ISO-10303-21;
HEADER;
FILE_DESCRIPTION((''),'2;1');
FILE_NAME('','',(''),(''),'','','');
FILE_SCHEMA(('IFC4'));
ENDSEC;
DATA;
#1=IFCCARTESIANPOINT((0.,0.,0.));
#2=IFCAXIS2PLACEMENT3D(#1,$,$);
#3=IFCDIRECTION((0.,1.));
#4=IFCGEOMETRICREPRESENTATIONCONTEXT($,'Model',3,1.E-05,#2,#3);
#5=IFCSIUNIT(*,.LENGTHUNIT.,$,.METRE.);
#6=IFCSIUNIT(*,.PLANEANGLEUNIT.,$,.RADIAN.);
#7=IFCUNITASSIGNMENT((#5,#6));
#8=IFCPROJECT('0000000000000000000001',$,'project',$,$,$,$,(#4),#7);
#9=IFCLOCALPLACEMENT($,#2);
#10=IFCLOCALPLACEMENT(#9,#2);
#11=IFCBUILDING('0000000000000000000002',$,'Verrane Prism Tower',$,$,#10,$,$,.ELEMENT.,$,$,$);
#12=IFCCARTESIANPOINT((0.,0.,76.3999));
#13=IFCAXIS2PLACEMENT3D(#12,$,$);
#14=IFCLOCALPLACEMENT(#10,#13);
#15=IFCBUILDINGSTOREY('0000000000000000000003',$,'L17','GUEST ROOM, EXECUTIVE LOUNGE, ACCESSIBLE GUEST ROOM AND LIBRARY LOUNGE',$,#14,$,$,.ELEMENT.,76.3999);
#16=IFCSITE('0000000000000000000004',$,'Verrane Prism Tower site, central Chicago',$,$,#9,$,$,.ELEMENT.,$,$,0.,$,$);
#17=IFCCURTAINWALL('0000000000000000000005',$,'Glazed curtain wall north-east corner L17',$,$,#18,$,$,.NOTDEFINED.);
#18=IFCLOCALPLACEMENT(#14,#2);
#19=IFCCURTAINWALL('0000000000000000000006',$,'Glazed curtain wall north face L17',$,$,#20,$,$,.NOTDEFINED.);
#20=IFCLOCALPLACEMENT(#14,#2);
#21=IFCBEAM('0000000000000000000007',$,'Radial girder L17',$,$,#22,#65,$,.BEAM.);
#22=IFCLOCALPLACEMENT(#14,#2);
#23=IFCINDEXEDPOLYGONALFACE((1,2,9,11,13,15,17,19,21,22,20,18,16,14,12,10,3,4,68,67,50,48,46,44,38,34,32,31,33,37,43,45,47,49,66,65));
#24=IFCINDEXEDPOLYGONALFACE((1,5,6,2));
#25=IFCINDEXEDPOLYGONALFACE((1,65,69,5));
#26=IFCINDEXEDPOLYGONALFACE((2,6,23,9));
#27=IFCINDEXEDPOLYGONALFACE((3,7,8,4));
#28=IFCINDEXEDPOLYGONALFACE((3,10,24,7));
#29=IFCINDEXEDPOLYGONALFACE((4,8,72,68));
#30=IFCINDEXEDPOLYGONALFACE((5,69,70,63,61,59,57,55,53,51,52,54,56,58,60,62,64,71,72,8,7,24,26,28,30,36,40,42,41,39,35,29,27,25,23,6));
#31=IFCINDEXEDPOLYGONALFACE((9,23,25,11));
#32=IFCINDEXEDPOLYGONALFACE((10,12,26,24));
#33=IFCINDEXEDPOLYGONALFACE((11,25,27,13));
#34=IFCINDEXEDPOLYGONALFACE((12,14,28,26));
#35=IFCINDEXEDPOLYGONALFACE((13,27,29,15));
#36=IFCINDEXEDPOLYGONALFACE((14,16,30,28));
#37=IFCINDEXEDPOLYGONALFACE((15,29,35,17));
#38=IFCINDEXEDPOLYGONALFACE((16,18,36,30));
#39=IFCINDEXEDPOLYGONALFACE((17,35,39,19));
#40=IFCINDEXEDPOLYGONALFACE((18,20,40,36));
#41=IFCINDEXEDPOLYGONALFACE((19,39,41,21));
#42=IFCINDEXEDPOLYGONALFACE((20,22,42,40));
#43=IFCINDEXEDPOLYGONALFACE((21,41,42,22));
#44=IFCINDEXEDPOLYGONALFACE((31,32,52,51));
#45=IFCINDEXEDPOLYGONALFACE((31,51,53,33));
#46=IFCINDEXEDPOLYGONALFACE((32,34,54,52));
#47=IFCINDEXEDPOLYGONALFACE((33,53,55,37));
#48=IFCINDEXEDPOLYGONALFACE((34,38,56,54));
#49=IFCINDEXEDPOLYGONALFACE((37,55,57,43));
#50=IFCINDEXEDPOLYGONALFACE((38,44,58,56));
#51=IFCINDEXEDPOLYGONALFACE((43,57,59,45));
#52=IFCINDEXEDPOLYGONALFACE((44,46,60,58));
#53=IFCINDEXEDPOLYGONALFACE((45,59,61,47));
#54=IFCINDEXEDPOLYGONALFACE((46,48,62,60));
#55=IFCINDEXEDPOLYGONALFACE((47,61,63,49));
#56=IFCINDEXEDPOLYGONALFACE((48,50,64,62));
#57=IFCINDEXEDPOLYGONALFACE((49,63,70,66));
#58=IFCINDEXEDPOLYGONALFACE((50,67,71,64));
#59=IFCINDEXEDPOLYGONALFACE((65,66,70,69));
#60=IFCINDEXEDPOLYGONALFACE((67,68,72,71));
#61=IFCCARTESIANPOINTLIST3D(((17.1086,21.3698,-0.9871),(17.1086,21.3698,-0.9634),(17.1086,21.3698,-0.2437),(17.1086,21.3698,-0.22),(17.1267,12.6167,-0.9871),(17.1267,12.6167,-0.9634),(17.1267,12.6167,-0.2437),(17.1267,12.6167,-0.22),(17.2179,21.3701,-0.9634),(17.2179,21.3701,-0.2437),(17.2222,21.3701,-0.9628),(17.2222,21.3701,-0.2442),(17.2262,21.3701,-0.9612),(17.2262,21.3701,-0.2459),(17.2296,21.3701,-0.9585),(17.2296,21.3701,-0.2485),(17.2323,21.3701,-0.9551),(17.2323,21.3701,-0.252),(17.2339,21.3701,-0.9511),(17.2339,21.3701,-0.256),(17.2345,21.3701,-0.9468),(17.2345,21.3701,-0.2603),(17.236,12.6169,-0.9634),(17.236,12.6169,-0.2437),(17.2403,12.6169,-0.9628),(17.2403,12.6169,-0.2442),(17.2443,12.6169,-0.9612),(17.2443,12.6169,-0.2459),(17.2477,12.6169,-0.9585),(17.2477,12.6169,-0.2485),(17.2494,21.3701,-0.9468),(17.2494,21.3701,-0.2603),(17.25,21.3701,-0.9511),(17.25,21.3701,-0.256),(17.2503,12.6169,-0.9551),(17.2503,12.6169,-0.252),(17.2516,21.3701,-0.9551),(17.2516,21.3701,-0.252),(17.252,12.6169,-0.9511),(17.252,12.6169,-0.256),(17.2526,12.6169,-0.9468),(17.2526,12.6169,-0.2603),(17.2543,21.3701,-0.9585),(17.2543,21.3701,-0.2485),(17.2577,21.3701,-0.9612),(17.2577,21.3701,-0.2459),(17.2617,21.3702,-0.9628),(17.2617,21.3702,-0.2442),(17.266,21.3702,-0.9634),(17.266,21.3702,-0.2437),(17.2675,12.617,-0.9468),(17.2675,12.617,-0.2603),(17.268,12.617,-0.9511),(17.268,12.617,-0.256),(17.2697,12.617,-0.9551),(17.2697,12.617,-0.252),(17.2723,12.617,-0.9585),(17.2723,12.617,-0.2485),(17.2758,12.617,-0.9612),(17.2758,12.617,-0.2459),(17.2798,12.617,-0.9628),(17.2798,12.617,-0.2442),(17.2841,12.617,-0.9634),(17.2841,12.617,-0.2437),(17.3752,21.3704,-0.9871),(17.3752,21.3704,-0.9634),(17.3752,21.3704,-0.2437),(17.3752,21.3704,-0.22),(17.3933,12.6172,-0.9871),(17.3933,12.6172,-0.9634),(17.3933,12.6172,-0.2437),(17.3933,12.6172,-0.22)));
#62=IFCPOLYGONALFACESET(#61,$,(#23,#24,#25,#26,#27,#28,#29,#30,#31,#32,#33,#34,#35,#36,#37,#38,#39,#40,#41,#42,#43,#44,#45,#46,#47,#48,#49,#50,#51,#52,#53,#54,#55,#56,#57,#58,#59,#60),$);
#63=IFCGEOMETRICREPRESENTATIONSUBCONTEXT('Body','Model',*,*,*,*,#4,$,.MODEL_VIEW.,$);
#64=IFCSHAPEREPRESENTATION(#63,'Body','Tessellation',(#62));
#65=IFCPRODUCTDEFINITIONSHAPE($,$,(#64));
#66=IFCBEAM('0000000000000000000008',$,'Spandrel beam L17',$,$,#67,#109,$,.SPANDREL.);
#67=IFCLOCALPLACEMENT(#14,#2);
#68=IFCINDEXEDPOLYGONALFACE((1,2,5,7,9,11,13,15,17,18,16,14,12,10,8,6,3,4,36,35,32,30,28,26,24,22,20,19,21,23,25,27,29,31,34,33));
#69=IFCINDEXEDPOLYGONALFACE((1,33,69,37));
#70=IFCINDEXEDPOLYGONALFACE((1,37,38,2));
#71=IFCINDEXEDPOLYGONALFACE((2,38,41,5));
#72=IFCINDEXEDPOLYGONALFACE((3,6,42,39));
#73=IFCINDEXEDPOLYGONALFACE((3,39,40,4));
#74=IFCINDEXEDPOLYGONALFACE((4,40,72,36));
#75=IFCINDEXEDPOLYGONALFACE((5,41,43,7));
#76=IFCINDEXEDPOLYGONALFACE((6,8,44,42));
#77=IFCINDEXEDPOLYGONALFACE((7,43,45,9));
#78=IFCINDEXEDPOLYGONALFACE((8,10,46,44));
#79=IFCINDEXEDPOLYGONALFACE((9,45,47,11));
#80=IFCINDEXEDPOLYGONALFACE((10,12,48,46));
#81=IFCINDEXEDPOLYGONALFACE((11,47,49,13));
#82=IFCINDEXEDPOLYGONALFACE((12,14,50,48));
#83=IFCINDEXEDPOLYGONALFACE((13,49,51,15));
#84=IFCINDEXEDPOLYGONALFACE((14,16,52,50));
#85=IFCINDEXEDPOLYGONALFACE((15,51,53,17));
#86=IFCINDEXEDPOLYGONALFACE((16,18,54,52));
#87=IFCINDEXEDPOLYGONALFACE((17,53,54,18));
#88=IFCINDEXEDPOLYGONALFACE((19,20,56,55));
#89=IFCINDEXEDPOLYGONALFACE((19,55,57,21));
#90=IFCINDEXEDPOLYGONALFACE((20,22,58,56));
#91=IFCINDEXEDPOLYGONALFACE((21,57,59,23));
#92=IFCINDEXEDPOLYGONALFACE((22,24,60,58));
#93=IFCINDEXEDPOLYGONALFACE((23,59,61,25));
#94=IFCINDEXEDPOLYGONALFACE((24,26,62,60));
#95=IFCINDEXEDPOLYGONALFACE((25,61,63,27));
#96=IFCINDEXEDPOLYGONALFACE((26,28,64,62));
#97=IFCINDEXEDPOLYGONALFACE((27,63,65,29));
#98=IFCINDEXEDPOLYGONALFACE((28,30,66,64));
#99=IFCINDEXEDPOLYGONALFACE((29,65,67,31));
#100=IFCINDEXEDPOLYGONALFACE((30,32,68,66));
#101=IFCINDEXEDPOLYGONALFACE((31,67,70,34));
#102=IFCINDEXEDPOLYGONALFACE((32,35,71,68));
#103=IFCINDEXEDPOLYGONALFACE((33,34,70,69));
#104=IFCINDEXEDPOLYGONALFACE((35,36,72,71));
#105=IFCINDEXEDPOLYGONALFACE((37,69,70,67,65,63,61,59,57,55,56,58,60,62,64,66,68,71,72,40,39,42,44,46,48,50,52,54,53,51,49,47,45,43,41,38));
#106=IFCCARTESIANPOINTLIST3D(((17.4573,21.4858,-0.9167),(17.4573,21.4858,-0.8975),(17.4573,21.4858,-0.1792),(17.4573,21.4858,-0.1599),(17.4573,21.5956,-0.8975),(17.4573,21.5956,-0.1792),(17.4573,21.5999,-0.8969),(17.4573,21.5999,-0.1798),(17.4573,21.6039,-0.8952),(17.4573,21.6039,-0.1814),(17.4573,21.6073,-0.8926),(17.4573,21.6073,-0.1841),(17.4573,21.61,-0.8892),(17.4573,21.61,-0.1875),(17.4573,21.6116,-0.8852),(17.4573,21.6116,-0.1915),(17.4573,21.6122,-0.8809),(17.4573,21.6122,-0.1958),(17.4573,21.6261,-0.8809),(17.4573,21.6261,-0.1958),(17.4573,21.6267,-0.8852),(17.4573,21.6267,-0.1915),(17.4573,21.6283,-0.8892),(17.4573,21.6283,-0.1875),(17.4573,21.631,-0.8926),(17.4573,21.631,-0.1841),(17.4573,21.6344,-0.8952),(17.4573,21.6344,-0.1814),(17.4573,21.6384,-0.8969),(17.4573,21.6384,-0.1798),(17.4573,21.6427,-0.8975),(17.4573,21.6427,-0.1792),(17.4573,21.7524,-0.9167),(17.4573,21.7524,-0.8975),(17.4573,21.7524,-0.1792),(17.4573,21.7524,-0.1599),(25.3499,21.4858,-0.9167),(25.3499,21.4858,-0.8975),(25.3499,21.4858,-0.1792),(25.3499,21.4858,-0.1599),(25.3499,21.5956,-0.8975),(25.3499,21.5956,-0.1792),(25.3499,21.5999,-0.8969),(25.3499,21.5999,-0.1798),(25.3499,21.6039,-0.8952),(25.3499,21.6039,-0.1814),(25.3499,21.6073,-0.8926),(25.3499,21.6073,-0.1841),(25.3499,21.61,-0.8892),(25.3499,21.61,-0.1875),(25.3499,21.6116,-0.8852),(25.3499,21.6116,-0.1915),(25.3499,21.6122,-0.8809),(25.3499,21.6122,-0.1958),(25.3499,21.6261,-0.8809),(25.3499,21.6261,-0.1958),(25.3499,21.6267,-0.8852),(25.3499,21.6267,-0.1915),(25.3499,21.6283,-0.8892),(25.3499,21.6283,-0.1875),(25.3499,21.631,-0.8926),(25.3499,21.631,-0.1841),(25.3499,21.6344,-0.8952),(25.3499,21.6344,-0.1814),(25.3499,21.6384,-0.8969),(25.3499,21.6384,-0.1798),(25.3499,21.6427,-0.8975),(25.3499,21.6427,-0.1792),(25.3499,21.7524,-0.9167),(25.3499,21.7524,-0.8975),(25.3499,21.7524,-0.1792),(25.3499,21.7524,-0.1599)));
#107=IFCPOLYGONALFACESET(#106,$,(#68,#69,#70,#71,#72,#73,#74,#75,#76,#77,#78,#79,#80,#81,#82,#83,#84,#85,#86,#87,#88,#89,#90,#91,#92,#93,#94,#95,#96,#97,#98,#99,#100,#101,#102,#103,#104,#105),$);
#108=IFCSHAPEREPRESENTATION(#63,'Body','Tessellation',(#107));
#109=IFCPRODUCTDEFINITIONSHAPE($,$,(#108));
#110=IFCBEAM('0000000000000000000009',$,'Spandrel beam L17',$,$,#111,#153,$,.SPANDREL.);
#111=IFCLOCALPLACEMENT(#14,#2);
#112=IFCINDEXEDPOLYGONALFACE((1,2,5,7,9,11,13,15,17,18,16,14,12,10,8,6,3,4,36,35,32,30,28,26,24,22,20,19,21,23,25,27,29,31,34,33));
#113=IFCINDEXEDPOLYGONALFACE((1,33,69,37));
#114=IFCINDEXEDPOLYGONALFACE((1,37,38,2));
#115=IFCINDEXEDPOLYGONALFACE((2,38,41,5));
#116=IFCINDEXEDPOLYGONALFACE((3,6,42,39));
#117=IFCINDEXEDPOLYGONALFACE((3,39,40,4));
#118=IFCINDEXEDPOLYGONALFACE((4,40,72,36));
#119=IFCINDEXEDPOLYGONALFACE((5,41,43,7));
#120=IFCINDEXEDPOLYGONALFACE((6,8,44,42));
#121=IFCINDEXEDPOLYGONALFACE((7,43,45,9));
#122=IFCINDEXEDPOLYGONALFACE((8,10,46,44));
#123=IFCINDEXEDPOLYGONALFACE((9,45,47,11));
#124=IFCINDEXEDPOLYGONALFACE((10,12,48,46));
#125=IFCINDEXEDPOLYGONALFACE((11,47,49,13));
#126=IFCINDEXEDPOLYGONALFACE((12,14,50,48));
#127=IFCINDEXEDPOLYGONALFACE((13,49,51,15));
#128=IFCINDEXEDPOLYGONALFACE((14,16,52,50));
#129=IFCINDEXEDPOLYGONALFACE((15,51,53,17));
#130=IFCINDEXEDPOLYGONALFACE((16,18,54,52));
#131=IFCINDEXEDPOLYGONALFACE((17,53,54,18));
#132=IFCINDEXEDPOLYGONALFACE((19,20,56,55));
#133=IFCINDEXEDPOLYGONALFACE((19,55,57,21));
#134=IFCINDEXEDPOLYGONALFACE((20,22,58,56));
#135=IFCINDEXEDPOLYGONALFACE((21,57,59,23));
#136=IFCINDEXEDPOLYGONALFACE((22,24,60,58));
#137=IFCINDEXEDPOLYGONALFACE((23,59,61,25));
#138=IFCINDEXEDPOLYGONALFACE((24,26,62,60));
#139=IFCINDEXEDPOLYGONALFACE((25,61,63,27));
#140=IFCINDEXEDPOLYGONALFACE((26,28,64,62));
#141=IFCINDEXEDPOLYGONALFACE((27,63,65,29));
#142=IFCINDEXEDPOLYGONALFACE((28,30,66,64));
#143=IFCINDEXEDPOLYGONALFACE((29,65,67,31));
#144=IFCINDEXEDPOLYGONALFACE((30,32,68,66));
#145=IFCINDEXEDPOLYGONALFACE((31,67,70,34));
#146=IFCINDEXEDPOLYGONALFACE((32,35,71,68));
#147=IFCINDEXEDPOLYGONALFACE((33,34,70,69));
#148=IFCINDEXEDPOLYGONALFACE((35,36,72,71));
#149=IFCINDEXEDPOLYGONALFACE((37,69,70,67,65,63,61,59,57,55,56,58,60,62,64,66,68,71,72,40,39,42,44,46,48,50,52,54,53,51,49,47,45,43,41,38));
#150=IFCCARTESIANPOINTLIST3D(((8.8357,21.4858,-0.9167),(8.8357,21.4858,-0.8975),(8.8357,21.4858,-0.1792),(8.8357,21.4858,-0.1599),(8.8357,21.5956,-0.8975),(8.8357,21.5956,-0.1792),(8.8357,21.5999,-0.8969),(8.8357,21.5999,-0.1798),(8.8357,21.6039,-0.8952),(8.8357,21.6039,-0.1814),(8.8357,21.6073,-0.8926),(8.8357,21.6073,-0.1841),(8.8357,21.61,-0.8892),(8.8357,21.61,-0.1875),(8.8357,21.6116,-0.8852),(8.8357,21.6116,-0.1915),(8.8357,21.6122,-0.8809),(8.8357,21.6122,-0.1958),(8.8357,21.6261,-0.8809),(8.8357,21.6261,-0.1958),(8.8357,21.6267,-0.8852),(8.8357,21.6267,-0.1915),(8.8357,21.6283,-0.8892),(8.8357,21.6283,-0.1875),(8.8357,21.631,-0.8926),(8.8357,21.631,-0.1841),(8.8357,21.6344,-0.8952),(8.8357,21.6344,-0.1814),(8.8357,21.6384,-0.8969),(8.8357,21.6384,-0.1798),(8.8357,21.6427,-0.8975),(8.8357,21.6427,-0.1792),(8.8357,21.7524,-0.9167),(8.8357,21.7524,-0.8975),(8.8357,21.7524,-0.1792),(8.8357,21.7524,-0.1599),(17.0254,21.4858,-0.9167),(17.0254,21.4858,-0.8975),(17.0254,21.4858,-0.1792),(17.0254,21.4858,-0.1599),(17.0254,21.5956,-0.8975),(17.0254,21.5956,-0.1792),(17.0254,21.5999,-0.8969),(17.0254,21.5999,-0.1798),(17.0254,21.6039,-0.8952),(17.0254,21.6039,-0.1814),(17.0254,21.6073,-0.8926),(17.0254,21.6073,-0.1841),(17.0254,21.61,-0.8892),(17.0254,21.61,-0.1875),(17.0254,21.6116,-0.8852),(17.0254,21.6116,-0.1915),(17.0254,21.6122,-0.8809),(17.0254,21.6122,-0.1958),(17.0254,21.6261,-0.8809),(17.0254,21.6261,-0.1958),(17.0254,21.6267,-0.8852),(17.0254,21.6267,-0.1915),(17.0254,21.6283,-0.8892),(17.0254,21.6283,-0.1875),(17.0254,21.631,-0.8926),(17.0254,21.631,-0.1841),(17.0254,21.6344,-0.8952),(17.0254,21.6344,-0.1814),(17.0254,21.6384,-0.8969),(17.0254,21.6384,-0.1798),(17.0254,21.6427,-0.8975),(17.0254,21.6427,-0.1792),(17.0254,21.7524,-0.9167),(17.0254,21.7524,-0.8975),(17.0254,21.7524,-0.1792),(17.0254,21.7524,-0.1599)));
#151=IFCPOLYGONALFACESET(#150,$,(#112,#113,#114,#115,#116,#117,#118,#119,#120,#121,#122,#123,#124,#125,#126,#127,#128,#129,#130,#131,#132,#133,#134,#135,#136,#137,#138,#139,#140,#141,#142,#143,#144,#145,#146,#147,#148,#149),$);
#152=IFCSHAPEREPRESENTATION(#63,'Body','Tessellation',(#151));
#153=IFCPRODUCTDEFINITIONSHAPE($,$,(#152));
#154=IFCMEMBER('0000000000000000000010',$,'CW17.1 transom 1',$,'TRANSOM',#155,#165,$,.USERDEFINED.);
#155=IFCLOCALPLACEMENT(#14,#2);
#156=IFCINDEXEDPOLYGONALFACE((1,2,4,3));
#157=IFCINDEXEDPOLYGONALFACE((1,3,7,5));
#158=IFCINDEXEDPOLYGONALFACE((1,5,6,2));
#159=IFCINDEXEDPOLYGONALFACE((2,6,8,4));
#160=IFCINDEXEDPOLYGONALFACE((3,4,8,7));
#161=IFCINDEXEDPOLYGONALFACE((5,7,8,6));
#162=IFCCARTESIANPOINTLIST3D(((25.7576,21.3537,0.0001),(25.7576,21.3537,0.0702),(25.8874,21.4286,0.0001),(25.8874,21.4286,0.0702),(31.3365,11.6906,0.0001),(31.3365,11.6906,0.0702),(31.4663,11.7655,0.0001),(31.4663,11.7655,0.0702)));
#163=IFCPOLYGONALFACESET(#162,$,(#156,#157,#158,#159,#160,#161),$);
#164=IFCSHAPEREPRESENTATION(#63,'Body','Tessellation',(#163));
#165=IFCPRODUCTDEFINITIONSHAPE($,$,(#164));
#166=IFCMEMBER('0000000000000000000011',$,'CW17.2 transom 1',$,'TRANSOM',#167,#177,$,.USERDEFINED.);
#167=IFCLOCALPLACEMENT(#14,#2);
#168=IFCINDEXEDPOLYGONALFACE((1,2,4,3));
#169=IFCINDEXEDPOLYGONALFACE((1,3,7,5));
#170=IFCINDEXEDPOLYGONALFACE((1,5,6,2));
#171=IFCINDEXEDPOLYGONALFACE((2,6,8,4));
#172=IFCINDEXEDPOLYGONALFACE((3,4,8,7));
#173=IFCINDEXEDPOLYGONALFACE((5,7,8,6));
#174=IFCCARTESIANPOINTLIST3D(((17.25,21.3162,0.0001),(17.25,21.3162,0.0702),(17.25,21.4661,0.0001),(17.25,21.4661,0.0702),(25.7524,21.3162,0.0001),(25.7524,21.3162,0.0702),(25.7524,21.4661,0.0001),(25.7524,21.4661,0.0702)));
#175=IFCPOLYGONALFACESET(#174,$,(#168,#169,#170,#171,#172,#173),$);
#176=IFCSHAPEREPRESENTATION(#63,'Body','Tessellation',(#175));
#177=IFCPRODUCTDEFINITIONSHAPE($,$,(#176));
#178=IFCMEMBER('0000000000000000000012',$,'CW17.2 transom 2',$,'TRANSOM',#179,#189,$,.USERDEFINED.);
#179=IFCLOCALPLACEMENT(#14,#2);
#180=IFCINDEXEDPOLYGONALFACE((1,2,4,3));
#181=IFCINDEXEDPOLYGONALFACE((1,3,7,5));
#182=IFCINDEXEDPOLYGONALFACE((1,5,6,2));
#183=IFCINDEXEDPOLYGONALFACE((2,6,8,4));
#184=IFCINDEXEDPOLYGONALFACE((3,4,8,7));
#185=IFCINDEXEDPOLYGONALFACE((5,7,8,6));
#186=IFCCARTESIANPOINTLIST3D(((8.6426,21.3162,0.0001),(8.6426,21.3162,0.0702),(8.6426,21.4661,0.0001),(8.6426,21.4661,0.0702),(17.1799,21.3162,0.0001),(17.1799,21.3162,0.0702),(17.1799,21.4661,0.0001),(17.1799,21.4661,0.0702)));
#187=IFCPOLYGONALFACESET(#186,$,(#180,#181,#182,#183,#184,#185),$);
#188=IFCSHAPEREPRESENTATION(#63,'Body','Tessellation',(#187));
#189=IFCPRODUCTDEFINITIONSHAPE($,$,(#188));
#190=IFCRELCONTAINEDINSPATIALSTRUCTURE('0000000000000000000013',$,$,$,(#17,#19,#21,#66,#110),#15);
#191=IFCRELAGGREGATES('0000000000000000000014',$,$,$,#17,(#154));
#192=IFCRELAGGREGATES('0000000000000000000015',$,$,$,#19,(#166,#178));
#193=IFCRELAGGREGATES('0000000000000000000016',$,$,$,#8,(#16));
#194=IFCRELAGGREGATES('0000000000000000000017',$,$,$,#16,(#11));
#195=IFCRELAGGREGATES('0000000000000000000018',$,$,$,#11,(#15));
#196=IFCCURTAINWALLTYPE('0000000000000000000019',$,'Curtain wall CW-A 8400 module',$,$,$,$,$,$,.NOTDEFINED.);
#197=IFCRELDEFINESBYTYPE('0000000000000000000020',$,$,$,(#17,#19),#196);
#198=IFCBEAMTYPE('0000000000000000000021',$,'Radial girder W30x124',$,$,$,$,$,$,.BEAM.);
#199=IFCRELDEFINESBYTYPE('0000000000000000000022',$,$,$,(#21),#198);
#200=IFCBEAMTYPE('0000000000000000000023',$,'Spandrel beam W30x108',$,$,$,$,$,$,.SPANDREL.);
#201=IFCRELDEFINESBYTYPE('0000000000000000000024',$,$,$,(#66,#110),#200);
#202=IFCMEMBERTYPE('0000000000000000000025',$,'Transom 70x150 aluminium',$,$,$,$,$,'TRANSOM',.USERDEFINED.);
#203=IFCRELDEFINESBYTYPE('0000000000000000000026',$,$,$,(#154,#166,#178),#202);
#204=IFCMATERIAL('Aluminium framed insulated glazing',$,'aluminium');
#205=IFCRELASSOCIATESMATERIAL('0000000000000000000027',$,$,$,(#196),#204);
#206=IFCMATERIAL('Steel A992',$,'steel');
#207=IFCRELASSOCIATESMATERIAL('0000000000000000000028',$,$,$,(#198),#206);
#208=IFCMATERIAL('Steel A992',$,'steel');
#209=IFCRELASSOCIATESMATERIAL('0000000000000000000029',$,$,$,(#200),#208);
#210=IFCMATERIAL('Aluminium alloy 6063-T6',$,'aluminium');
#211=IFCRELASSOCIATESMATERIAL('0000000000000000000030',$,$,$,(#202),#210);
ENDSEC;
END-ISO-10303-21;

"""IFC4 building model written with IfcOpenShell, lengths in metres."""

from ifc_helpers import new_model, si_unit, direction, frame, origin, origin_2d, place, context, subcontext, project, spatial, rectangle, i_section, extrude, material, material_profile, profile_set, type_object, element, aggregate, save


model = new_model("IFC4")

# Units and contexts
model_context = context("Model", 3, precision=1e-05, world=origin(), true_north=direction((0.0, 1.0)))
body_context = subcontext(model_context, "Body", "Model", "MODEL_VIEW")
ifc_project = project(units=[si_unit("LENGTHUNIT", "METRE"), si_unit("PLANEANGLEUNIT", "RADIAN")], contexts=[model_context])

# Site, building, storey
site_placement = place(None, origin())
site = spatial("IfcSite", under=ifc_project, at=site_placement, Name="Verrane Prism Tower site, central Chicago", CompositionType="ELEMENT", RefElevation=0.0)
building_placement = place(site_placement, origin())
building = spatial("IfcBuilding", under=site, at=building_placement, Name="Verrane Prism Tower", CompositionType="ELEMENT")
storey_placement = place(building_placement, frame((0.0, 0.0, 76.3999)))
storey = spatial("IfcBuildingStorey", under=building, at=storey_placement, Name="L17", Description="GUEST ROOM, EXECUTIVE LOUNGE, ACCESSIBLE GUEST ROOM AND LIBRARY LOUNGE", CompositionType="ELEMENT", Elevation=76.3999)

# Curtain wall
ifc_material_1 = material(Name="Aluminium framed insulated glazing", Category="aluminium")
curtain_wall_type = type_object("IfcCurtainWallType", Name="Curtain wall CW-A 8400 module", PredefinedType="NOTDEFINED", material=ifc_material_1)
curtain_wall_1_placement = place(storey_placement, origin())
curtain_wall_1 = element("IfcCurtainWall", 1, at=curtain_wall_1_placement, inside=storey, type_object=curtain_wall_type, Name="Glazed curtain wall north-east corner L17", PredefinedType="NOTDEFINED")

# Curtain wall
curtain_wall_2_placement = place(storey_placement, origin())
curtain_wall_2 = element("IfcCurtainWall", 2, at=curtain_wall_2_placement, inside=storey, type_object=curtain_wall_type, Name="Glazed curtain wall north face L17", PredefinedType="NOTDEFINED")

# Beams
ifc_material_2 = material(Name="Steel A992", Category="steel")
ifc_material_profile_1 = material_profile(ifc_material_2, i_section(OverallWidth=0.2666, OverallDepth=0.7671, WebThickness=0.0149, FlangeThickness=0.0237, FilletRadius=0.0166, at=origin_2d()), Name="W30x124")
ifc_profile_set_1 = profile_set([ifc_material_profile_1], Name="Steel A992")
beam_type_1 = type_object("IfcBeamType", Name="Radial girder W30x124", PredefinedType="BEAM", material=ifc_profile_set_1)
beam_1_placement = place(storey_placement, frame((17.2419, 21.3701, -0.6035), z_axis=(0.002064, -0.999998, 0.0), x_axis=(0.999998, 0.002064, 0.0)))
element("IfcBeam", 3, at=beam_1_placement, inside=storey, type_object=beam_type_1, Name="Radial girder L17", PredefinedType="BEAM", context=body_context, shape_type="SweptSolid", body=[
    extrude(i_section(OverallWidth=0.2666, OverallDepth=0.7671, WebThickness=0.0149, FlangeThickness=0.0237, FilletRadius=0.0166, at=origin_2d()), origin(), (0.0, 0.0, 1.0), 8.7532),
])
ifc_material_3 = material(Name="Steel A992", Category="steel")
ifc_material_profile_2 = material_profile(ifc_material_3, i_section(OverallWidth=0.2666, OverallDepth=0.7568, WebThickness=0.0139, FlangeThickness=0.0193, FilletRadius=0.0166, at=origin_2d()), Name="W30x108")
ifc_profile_set_2 = profile_set([ifc_material_profile_2], Name="Steel A992")
beam_type_2 = type_object("IfcBeamType", Name="Spandrel beam W30x108", PredefinedType="SPANDREL", material=ifc_profile_set_2)
beam_2_placement = place(storey_placement, frame((25.3499, 21.6191, -0.5383), z_axis=(-1.0, 0.0, 0.0), x_axis=(0.0, -1.0, 0.0)))
element("IfcBeam", 4, at=beam_2_placement, inside=storey, type_object=beam_type_2, Name="Spandrel beam L17", PredefinedType="SPANDREL", context=body_context, shape_type="SweptSolid", body=[
    extrude(i_section(OverallWidth=0.2666, OverallDepth=0.7568, WebThickness=0.0139, FlangeThickness=0.0193, FilletRadius=0.0166, at=origin_2d()), origin(), (0.0, 0.0, 1.0), 7.8926),
])
beam_3_placement = place(storey_placement, frame((17.0254, 21.6191, -0.5383), z_axis=(-1.0, 0.0, 0.0), x_axis=(0.0, -1.0, 0.0)))
element("IfcBeam", 5, at=beam_3_placement, inside=storey, type_object=beam_type_2, Name="Spandrel beam L17", PredefinedType="SPANDREL", context=body_context, shape_type="SweptSolid", body=[
    extrude(i_section(OverallWidth=0.2666, OverallDepth=0.7568, WebThickness=0.0139, FlangeThickness=0.0193, FilletRadius=0.0166, at=origin_2d()), origin(), (0.0, 0.0, 1.0), 8.1897),
])

# Members
ifc_material_4 = material(Name="Aluminium alloy 6063-T6", Category="aluminium")
ifc_material_profile_3 = material_profile(ifc_material_4, rectangle(XDim=0.1499, YDim=0.0701, at=origin_2d()), Name="Transom 70x150 aluminium")
ifc_profile_set_3 = profile_set([ifc_material_profile_3], Name="Aluminium alloy 6063-T6")
member_type_1 = type_object("IfcMemberType", Name="Transom 70x150 aluminium", ElementType="TRANSOM", PredefinedType="USERDEFINED", material=ifc_profile_set_3)
member_1_placement = place(storey_placement, frame((31.4014, 11.728, 0.0352), z_axis=(-0.499991, 0.86603, 0.0), x_axis=(-0.86603, -0.499991, 0.0)))
member_1 = element("IfcMember", 6, at=member_1_placement, type_object=member_type_1, Name="CW17.1 transom 1", ObjectType="TRANSOM", PredefinedType="USERDEFINED", context=body_context, shape_type="SweptSolid", body=[
    extrude(rectangle(XDim=0.1499, YDim=0.0701, at=origin_2d()), origin(), (0.0, 0.0, 1.0), 11.158),
])
member_2_placement = place(storey_placement, frame((25.7524, 21.3911, 0.0352), z_axis=(-1.0, 0.0, 0.0), x_axis=(0.0, -1.0, 0.0)))
member_2 = element("IfcMember", 7, at=member_2_placement, type_object=member_type_1, Name="CW17.2 transom 1", ObjectType="TRANSOM", PredefinedType="USERDEFINED", context=body_context, shape_type="SweptSolid", body=[
    extrude(rectangle(XDim=0.1499, YDim=0.0701, at=origin_2d()), origin(), (0.0, 0.0, 1.0), 8.5024),
])
member_3_placement = place(storey_placement, frame((17.1799, 21.3911, 0.0352), z_axis=(-1.0, 0.0, 0.0), x_axis=(0.0, -1.0, 0.0)))
member_3 = element("IfcMember", 8, at=member_3_placement, type_object=member_type_1, Name="CW17.2 transom 2", ObjectType="TRANSOM", PredefinedType="USERDEFINED", context=body_context, shape_type="SweptSolid", body=[
    extrude(rectangle(XDim=0.1499, YDim=0.0701, at=origin_2d()), origin(), (0.0, 0.0, 1.0), 8.5374),
])

aggregate(curtain_wall_1, [member_1])
aggregate(curtain_wall_2, [member_2, member_3])

save(model, "model.ifc")
